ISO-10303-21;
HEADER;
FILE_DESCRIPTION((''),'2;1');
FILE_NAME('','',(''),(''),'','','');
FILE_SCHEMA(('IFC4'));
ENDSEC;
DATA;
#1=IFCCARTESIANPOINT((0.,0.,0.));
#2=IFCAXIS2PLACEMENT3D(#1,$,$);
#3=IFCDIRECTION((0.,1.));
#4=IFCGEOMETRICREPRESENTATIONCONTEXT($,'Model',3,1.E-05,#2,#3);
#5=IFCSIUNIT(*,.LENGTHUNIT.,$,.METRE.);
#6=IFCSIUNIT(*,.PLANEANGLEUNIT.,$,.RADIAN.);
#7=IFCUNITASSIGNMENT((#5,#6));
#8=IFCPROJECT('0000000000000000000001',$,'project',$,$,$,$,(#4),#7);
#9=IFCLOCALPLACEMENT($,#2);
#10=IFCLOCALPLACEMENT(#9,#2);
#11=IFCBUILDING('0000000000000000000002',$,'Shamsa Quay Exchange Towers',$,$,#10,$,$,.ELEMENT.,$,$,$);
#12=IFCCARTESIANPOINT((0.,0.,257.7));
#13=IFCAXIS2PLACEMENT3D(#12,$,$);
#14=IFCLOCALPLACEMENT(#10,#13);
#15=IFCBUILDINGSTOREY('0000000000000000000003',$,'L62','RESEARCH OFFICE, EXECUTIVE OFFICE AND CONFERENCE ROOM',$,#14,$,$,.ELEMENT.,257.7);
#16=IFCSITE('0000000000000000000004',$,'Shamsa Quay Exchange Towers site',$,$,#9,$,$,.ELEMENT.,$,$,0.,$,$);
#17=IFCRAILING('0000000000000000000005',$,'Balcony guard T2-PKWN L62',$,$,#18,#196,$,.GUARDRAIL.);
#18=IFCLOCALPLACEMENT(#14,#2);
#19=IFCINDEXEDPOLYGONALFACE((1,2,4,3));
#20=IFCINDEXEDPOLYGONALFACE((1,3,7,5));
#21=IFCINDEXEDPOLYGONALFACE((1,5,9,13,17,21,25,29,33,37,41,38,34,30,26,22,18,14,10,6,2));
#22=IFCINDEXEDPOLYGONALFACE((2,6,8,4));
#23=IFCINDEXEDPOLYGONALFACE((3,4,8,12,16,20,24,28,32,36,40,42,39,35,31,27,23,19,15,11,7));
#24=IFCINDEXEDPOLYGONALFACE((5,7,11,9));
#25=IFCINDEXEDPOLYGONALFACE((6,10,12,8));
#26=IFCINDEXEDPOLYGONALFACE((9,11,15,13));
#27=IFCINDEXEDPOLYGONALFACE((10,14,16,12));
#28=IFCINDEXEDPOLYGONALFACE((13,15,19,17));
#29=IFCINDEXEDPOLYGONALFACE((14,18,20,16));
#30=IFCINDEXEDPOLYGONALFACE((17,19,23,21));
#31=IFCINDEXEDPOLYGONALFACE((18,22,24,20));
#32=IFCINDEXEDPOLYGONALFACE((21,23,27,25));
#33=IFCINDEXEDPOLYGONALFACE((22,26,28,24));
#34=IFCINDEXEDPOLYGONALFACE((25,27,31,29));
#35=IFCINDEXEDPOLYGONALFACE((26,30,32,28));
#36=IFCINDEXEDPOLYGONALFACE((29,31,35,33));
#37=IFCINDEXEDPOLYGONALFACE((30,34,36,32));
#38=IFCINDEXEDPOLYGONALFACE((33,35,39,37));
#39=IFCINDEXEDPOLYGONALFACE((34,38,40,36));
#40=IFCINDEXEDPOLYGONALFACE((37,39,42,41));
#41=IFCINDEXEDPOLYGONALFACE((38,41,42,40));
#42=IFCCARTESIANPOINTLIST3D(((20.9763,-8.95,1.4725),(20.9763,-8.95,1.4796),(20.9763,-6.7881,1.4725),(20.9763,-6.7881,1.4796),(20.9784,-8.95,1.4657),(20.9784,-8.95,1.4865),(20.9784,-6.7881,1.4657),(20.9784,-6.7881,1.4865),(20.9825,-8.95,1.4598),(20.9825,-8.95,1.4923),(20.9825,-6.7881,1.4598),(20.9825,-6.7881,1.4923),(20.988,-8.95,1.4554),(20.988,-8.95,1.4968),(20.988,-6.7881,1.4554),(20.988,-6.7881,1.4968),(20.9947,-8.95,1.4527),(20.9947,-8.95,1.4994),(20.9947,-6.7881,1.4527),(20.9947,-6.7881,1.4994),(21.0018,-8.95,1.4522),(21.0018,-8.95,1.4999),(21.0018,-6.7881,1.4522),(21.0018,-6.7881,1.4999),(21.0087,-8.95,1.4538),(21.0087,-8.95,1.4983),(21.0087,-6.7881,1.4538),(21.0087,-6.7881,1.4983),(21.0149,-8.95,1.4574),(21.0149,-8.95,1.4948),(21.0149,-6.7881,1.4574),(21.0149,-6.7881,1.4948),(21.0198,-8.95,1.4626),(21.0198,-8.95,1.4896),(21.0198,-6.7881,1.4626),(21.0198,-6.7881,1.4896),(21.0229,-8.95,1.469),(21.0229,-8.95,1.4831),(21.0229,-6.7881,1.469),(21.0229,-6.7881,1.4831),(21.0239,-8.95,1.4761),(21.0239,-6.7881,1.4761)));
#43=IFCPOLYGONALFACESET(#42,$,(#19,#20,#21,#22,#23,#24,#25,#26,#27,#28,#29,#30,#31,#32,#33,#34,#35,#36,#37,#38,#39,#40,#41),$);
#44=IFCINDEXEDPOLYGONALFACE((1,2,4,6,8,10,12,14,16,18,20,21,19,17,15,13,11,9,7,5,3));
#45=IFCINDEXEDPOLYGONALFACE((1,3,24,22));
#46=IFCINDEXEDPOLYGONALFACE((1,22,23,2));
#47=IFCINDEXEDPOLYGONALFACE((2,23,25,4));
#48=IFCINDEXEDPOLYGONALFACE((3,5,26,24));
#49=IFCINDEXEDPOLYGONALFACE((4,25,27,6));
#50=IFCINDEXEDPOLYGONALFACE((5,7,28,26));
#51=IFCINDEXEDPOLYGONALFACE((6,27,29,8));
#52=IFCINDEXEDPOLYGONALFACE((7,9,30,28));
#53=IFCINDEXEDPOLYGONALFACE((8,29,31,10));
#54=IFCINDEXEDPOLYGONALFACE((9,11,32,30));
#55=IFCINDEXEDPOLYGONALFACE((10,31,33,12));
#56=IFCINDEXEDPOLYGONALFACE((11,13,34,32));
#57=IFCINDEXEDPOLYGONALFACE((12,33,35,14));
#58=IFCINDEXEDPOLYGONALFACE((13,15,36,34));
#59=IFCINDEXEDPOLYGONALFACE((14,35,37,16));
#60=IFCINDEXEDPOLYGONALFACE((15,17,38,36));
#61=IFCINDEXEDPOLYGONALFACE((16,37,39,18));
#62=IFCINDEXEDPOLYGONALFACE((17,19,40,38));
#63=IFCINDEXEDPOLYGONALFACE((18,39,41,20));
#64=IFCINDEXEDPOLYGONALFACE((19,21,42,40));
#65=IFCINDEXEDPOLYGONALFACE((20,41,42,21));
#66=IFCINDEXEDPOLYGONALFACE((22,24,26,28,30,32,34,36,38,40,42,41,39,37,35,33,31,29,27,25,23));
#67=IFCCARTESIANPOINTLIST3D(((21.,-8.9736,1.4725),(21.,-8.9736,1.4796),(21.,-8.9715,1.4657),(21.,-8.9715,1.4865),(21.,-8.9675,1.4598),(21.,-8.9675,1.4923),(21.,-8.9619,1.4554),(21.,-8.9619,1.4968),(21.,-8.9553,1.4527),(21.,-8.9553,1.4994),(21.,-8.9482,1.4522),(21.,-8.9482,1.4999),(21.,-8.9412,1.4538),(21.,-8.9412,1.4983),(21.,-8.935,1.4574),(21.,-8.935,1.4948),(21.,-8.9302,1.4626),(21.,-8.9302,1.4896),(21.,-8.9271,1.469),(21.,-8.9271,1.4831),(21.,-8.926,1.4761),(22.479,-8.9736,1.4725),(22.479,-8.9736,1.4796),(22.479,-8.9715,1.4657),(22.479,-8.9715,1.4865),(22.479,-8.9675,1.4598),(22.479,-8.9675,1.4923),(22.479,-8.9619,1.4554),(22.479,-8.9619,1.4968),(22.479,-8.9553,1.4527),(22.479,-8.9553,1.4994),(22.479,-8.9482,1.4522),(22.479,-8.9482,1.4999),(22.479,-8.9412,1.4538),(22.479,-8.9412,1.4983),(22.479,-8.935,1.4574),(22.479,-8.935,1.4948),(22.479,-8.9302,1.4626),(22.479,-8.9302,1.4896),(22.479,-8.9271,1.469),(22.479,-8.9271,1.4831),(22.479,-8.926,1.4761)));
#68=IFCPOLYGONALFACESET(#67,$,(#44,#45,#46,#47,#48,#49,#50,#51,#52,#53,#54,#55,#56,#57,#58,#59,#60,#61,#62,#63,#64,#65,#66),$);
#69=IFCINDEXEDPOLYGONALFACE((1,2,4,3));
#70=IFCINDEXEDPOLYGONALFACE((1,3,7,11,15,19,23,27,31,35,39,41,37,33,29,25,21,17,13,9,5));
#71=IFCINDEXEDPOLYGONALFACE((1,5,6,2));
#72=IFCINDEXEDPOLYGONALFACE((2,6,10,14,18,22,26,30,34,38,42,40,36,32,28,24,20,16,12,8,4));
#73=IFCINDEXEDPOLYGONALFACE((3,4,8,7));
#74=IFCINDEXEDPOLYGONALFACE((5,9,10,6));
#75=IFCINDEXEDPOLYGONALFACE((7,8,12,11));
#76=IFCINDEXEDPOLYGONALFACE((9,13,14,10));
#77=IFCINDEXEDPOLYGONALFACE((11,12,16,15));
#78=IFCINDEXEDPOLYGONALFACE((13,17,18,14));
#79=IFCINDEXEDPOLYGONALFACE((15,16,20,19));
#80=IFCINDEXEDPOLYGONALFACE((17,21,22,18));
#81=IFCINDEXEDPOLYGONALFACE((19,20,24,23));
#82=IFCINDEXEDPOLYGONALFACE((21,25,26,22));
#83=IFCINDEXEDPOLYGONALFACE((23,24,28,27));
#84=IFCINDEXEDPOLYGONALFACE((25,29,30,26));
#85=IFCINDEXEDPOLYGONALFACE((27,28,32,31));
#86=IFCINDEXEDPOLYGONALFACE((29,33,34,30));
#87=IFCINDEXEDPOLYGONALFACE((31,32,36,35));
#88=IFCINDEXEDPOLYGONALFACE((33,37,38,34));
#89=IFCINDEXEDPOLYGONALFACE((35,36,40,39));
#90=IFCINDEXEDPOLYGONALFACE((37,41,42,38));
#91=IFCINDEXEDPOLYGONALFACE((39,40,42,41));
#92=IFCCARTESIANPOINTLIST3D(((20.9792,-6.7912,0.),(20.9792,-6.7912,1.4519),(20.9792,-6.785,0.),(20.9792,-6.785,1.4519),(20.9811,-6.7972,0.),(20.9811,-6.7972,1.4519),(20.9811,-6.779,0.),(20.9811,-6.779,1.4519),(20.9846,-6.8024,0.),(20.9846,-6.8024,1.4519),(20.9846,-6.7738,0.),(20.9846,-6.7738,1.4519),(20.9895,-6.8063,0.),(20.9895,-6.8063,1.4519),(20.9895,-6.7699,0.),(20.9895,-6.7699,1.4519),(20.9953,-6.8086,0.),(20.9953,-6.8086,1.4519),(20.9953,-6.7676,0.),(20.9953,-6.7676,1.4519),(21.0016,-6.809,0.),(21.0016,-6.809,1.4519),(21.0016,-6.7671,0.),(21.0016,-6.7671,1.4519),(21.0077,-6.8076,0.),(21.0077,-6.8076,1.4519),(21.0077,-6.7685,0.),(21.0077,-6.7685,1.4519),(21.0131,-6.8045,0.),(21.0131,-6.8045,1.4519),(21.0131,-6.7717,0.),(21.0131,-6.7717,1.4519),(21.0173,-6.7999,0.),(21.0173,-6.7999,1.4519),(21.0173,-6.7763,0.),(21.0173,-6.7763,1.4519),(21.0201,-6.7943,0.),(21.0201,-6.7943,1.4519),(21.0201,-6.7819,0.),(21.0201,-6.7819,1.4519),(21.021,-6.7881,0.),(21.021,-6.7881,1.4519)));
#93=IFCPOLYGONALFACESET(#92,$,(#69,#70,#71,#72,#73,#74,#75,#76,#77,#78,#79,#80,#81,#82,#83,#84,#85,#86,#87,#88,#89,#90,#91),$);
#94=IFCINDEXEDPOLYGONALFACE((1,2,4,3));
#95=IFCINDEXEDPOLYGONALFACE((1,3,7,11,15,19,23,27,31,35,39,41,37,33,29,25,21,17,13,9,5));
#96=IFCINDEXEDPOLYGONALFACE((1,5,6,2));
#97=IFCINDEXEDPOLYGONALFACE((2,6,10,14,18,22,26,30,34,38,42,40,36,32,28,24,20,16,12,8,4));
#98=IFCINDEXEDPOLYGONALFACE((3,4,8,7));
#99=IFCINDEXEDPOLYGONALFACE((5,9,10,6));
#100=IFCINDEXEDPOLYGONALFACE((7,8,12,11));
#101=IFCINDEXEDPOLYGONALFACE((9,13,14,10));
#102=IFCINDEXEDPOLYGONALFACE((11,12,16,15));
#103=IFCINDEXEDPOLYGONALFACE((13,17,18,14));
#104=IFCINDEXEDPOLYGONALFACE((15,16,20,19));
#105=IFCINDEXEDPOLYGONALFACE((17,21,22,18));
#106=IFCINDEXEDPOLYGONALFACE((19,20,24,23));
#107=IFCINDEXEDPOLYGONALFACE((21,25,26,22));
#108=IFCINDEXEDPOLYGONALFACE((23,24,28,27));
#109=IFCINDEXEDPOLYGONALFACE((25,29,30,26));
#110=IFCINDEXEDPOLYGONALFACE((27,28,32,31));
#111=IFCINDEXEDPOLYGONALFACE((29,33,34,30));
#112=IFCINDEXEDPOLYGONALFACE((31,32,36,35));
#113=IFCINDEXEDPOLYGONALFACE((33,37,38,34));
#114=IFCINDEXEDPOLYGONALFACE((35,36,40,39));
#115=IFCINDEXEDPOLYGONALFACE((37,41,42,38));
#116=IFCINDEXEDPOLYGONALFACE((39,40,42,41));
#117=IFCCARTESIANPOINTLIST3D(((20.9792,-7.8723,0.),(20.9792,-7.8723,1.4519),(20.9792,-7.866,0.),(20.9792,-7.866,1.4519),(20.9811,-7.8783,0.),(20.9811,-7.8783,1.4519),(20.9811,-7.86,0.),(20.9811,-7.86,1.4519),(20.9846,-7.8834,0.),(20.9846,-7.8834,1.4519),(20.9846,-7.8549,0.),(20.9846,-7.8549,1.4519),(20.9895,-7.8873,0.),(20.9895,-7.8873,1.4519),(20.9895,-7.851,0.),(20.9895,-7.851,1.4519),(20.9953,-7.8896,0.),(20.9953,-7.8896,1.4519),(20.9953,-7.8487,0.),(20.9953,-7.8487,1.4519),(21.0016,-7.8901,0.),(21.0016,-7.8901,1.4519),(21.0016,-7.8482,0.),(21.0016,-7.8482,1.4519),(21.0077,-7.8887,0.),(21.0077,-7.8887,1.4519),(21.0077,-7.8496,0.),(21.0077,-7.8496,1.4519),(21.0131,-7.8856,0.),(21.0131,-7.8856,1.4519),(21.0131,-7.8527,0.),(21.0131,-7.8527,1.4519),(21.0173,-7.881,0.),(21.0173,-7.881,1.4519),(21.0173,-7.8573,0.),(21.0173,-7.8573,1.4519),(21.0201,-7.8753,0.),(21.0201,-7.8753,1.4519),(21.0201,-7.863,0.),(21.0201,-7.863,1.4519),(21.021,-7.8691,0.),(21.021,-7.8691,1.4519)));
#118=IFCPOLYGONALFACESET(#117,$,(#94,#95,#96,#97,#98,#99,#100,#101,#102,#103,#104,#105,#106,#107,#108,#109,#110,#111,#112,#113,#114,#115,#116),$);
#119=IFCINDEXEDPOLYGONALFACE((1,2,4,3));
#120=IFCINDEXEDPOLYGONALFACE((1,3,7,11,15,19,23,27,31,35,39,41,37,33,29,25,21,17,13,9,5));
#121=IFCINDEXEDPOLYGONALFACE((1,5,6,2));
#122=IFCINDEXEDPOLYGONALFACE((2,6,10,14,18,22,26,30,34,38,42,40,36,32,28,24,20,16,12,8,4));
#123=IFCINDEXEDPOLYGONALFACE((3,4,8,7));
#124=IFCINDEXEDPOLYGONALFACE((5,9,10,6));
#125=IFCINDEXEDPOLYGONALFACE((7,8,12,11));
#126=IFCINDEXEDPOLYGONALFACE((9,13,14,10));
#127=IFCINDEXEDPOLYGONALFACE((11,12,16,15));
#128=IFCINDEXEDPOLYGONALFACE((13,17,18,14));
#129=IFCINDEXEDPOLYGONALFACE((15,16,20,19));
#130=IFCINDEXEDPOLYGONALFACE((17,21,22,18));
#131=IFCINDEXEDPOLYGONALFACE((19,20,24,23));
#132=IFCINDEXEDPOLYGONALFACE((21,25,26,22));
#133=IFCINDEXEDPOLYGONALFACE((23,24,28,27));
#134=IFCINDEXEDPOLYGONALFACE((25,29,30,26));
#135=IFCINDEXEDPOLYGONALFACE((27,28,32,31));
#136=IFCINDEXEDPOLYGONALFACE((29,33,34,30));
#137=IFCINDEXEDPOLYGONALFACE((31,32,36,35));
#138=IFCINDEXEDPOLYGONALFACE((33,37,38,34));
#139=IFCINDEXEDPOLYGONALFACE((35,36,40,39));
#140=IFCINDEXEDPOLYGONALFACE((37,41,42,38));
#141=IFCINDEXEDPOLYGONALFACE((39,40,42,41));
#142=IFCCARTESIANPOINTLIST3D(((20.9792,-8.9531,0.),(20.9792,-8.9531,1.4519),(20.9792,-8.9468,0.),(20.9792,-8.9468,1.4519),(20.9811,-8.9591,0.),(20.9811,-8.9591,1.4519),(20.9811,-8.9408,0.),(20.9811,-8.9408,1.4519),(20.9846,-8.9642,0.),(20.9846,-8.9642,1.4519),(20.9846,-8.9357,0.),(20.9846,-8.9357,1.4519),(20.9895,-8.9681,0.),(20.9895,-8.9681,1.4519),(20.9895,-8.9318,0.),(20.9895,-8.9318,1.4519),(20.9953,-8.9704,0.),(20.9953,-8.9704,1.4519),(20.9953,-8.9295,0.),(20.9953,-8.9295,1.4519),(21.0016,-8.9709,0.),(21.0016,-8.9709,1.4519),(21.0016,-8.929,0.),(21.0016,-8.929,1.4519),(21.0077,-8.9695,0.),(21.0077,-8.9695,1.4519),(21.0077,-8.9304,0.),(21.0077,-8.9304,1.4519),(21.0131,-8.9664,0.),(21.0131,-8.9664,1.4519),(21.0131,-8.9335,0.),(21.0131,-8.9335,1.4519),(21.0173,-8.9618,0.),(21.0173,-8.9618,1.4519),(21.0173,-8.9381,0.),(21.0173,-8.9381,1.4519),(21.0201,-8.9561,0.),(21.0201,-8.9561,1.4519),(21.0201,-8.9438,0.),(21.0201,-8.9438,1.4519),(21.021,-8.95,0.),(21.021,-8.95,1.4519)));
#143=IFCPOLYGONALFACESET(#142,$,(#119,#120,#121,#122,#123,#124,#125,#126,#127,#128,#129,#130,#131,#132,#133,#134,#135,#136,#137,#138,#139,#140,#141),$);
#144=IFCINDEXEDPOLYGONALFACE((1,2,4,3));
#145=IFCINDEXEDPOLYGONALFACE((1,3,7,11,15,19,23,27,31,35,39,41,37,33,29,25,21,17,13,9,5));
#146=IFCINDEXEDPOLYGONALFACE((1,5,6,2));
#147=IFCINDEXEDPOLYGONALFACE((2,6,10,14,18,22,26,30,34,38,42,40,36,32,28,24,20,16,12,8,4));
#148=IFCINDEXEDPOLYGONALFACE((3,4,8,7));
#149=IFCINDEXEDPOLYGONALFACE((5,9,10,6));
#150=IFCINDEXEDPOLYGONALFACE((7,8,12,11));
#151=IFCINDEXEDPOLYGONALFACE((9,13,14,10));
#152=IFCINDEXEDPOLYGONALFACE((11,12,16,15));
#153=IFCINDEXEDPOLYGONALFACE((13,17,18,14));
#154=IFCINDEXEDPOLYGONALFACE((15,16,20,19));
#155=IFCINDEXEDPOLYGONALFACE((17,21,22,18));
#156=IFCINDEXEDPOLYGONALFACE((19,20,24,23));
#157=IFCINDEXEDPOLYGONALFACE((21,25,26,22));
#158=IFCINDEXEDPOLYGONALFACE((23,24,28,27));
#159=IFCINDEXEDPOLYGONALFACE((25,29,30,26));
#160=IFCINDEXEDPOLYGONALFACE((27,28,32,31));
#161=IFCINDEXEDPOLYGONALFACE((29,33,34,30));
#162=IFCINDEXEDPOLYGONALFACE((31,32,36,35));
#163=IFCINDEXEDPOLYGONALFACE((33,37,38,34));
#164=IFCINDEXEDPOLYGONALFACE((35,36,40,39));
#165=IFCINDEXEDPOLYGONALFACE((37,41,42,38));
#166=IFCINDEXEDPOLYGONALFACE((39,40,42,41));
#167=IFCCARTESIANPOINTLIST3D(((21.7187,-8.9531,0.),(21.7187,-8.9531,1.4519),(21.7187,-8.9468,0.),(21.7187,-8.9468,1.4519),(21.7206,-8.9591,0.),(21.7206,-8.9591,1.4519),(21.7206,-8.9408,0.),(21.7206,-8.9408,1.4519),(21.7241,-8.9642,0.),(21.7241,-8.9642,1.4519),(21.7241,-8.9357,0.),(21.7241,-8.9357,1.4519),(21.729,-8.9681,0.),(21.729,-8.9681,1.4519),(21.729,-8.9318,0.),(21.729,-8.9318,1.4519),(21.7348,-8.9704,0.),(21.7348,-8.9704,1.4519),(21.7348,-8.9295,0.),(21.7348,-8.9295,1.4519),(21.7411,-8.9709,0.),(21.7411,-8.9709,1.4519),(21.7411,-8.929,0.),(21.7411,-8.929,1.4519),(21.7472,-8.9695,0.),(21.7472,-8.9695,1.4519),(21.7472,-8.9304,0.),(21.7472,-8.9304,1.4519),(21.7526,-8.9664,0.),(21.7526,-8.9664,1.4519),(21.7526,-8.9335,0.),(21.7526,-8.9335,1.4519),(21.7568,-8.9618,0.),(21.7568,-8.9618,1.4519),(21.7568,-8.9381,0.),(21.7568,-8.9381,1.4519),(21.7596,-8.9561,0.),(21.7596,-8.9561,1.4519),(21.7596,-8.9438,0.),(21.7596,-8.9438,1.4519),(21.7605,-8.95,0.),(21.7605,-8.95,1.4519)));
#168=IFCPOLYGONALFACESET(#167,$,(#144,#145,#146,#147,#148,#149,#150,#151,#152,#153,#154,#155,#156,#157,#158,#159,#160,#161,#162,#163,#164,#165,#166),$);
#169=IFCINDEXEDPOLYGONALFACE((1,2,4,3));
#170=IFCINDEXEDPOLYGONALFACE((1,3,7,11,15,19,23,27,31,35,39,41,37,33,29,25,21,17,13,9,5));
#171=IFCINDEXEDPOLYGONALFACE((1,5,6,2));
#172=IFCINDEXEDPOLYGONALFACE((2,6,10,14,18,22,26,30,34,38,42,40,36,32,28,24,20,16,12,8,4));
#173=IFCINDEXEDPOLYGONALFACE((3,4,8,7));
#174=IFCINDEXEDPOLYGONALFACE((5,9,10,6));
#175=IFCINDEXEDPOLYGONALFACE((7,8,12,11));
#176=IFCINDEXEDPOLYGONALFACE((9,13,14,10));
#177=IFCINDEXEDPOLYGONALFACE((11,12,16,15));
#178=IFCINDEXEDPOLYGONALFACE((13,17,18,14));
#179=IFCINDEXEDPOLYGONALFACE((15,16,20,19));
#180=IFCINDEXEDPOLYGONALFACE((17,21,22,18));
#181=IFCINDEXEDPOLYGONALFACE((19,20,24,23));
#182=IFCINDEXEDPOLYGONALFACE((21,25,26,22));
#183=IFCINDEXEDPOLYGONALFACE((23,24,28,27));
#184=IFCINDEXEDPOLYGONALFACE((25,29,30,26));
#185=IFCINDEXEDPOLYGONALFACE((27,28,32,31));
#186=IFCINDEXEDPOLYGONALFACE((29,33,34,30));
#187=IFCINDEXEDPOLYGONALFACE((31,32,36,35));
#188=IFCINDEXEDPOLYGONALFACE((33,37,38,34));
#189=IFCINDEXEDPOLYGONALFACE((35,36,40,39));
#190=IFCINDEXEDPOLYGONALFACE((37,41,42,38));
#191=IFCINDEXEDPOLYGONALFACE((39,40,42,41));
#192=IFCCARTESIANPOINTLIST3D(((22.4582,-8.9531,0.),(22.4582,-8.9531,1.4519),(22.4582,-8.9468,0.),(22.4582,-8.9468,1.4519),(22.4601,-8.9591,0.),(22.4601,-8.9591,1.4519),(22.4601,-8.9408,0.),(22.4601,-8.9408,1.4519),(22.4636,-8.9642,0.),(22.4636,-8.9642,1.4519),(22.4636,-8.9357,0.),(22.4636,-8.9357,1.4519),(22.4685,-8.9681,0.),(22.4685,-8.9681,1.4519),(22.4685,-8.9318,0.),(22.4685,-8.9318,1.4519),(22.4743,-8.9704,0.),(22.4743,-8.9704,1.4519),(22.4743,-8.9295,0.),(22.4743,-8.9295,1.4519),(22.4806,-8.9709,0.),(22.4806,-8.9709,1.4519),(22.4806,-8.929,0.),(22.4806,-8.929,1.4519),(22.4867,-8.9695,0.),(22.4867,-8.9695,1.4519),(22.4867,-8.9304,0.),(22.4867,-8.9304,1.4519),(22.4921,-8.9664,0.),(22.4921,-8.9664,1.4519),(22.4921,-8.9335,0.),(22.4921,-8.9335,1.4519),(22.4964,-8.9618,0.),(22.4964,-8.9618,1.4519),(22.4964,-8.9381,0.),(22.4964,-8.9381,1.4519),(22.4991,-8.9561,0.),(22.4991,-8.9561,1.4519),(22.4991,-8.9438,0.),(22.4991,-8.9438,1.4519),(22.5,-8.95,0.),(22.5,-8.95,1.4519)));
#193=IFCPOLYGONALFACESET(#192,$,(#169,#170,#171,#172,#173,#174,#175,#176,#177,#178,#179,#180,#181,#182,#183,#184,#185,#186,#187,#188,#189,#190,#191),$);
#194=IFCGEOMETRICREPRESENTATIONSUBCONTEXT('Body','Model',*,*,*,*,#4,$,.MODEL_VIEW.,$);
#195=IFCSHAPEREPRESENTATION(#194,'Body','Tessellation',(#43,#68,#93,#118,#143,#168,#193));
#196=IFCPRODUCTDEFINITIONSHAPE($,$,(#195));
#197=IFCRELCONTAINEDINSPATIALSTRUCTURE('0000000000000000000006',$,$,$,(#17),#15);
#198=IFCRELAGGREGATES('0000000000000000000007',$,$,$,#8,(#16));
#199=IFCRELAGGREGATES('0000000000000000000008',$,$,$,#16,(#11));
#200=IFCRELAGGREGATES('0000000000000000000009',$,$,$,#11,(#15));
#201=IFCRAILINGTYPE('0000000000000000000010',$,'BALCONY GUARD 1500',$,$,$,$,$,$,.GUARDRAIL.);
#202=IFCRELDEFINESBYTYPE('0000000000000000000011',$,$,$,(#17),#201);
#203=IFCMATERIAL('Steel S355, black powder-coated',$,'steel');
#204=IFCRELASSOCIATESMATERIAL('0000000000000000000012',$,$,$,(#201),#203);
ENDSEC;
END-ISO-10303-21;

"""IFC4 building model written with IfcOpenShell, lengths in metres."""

from ifc_helpers import new_model, si_unit, direction, frame, origin, origin_2d, place, context, subcontext, project, spatial, circle, extrude, material, type_object, element, save


model = new_model("IFC4")

# Units and contexts
model_context = context("Model", 3, precision=1e-05, world=origin(), true_north=direction((0.0, 1.0)))
body_context = subcontext(model_context, "Body", "Model", "MODEL_VIEW")
ifc_project = project(units=[si_unit("LENGTHUNIT", "METRE"), si_unit("PLANEANGLEUNIT", "RADIAN")], contexts=[model_context])

# Site, building, storey
site_placement = place(None, origin())
site = spatial("IfcSite", under=ifc_project, at=site_placement, Name="Shamsa Quay Exchange Towers site", CompositionType="ELEMENT", RefElevation=0.0)
building_placement = place(site_placement, origin())
building = spatial("IfcBuilding", under=site, at=building_placement, Name="Shamsa Quay Exchange Towers", CompositionType="ELEMENT")
storey_placement = place(building_placement, frame((0.0, 0.0, 257.7)))
storey = spatial("IfcBuildingStorey", under=building, at=storey_placement, Name="L62", Description="RESEARCH OFFICE, EXECUTIVE OFFICE AND CONFERENCE ROOM", CompositionType="ELEMENT", Elevation=257.7)

# Railing
ifc_material_1 = material(Name="Steel S355, black powder-coated", Category="steel")
railing_type_1 = type_object("IfcRailingType", Name="BALCONY GUARD 1500", PredefinedType="GUARDRAIL", material=ifc_material_1)
for number, where, name in (
    (1, (21.0, -6.7881, 0.0), "Balcony guard T2-PKWN L62"),
):
    element("IfcRailing", number, at=place(storey_placement, frame(where)), inside=storey, type_object=railing_type_1, Name=name, PredefinedType="GUARDRAIL", context=body_context, shape_type="SweptSolid", body=[
        extrude(circle(Radius=0.0239, at=origin_2d()), frame((0.0, 0.0, 1.4761), z_axis=(0.0, -1.0, 0.0), x_axis=(1.0, 0.0, 0.0)), (0.0, 0.0, 1.0), 2.1619),
        extrude(circle(Radius=0.0239, at=origin_2d()), frame((0.0, -2.1619, 1.4761), z_axis=(1.0, 0.0, 0.0), x_axis=(0.0, 1.0, 0.0)), (0.0, 0.0, 1.0), 1.479),
        extrude(circle(Radius=0.021, at=origin_2d()), origin(), (0.0, 0.0, 1.0), 1.4519),
        extrude(circle(Radius=0.021, at=origin_2d()), frame((0.0, -1.0811, 0.0)), (0.0, 0.0, 1.0), 1.4519),
        extrude(circle(Radius=0.021, at=origin_2d()), frame((0.0, -2.1619, 0.0)), (0.0, 0.0, 1.0), 1.4519),
        extrude(circle(Radius=0.021, at=origin_2d()), frame((0.7395, -2.1619, 0.0)), (0.0, 0.0, 1.0), 1.4519),
        extrude(circle(Radius=0.021, at=origin_2d()), frame((1.479, -2.1619, 0.0)), (0.0, 0.0, 1.0), 1.4519),
    ])

save(model, "model.ifc")
